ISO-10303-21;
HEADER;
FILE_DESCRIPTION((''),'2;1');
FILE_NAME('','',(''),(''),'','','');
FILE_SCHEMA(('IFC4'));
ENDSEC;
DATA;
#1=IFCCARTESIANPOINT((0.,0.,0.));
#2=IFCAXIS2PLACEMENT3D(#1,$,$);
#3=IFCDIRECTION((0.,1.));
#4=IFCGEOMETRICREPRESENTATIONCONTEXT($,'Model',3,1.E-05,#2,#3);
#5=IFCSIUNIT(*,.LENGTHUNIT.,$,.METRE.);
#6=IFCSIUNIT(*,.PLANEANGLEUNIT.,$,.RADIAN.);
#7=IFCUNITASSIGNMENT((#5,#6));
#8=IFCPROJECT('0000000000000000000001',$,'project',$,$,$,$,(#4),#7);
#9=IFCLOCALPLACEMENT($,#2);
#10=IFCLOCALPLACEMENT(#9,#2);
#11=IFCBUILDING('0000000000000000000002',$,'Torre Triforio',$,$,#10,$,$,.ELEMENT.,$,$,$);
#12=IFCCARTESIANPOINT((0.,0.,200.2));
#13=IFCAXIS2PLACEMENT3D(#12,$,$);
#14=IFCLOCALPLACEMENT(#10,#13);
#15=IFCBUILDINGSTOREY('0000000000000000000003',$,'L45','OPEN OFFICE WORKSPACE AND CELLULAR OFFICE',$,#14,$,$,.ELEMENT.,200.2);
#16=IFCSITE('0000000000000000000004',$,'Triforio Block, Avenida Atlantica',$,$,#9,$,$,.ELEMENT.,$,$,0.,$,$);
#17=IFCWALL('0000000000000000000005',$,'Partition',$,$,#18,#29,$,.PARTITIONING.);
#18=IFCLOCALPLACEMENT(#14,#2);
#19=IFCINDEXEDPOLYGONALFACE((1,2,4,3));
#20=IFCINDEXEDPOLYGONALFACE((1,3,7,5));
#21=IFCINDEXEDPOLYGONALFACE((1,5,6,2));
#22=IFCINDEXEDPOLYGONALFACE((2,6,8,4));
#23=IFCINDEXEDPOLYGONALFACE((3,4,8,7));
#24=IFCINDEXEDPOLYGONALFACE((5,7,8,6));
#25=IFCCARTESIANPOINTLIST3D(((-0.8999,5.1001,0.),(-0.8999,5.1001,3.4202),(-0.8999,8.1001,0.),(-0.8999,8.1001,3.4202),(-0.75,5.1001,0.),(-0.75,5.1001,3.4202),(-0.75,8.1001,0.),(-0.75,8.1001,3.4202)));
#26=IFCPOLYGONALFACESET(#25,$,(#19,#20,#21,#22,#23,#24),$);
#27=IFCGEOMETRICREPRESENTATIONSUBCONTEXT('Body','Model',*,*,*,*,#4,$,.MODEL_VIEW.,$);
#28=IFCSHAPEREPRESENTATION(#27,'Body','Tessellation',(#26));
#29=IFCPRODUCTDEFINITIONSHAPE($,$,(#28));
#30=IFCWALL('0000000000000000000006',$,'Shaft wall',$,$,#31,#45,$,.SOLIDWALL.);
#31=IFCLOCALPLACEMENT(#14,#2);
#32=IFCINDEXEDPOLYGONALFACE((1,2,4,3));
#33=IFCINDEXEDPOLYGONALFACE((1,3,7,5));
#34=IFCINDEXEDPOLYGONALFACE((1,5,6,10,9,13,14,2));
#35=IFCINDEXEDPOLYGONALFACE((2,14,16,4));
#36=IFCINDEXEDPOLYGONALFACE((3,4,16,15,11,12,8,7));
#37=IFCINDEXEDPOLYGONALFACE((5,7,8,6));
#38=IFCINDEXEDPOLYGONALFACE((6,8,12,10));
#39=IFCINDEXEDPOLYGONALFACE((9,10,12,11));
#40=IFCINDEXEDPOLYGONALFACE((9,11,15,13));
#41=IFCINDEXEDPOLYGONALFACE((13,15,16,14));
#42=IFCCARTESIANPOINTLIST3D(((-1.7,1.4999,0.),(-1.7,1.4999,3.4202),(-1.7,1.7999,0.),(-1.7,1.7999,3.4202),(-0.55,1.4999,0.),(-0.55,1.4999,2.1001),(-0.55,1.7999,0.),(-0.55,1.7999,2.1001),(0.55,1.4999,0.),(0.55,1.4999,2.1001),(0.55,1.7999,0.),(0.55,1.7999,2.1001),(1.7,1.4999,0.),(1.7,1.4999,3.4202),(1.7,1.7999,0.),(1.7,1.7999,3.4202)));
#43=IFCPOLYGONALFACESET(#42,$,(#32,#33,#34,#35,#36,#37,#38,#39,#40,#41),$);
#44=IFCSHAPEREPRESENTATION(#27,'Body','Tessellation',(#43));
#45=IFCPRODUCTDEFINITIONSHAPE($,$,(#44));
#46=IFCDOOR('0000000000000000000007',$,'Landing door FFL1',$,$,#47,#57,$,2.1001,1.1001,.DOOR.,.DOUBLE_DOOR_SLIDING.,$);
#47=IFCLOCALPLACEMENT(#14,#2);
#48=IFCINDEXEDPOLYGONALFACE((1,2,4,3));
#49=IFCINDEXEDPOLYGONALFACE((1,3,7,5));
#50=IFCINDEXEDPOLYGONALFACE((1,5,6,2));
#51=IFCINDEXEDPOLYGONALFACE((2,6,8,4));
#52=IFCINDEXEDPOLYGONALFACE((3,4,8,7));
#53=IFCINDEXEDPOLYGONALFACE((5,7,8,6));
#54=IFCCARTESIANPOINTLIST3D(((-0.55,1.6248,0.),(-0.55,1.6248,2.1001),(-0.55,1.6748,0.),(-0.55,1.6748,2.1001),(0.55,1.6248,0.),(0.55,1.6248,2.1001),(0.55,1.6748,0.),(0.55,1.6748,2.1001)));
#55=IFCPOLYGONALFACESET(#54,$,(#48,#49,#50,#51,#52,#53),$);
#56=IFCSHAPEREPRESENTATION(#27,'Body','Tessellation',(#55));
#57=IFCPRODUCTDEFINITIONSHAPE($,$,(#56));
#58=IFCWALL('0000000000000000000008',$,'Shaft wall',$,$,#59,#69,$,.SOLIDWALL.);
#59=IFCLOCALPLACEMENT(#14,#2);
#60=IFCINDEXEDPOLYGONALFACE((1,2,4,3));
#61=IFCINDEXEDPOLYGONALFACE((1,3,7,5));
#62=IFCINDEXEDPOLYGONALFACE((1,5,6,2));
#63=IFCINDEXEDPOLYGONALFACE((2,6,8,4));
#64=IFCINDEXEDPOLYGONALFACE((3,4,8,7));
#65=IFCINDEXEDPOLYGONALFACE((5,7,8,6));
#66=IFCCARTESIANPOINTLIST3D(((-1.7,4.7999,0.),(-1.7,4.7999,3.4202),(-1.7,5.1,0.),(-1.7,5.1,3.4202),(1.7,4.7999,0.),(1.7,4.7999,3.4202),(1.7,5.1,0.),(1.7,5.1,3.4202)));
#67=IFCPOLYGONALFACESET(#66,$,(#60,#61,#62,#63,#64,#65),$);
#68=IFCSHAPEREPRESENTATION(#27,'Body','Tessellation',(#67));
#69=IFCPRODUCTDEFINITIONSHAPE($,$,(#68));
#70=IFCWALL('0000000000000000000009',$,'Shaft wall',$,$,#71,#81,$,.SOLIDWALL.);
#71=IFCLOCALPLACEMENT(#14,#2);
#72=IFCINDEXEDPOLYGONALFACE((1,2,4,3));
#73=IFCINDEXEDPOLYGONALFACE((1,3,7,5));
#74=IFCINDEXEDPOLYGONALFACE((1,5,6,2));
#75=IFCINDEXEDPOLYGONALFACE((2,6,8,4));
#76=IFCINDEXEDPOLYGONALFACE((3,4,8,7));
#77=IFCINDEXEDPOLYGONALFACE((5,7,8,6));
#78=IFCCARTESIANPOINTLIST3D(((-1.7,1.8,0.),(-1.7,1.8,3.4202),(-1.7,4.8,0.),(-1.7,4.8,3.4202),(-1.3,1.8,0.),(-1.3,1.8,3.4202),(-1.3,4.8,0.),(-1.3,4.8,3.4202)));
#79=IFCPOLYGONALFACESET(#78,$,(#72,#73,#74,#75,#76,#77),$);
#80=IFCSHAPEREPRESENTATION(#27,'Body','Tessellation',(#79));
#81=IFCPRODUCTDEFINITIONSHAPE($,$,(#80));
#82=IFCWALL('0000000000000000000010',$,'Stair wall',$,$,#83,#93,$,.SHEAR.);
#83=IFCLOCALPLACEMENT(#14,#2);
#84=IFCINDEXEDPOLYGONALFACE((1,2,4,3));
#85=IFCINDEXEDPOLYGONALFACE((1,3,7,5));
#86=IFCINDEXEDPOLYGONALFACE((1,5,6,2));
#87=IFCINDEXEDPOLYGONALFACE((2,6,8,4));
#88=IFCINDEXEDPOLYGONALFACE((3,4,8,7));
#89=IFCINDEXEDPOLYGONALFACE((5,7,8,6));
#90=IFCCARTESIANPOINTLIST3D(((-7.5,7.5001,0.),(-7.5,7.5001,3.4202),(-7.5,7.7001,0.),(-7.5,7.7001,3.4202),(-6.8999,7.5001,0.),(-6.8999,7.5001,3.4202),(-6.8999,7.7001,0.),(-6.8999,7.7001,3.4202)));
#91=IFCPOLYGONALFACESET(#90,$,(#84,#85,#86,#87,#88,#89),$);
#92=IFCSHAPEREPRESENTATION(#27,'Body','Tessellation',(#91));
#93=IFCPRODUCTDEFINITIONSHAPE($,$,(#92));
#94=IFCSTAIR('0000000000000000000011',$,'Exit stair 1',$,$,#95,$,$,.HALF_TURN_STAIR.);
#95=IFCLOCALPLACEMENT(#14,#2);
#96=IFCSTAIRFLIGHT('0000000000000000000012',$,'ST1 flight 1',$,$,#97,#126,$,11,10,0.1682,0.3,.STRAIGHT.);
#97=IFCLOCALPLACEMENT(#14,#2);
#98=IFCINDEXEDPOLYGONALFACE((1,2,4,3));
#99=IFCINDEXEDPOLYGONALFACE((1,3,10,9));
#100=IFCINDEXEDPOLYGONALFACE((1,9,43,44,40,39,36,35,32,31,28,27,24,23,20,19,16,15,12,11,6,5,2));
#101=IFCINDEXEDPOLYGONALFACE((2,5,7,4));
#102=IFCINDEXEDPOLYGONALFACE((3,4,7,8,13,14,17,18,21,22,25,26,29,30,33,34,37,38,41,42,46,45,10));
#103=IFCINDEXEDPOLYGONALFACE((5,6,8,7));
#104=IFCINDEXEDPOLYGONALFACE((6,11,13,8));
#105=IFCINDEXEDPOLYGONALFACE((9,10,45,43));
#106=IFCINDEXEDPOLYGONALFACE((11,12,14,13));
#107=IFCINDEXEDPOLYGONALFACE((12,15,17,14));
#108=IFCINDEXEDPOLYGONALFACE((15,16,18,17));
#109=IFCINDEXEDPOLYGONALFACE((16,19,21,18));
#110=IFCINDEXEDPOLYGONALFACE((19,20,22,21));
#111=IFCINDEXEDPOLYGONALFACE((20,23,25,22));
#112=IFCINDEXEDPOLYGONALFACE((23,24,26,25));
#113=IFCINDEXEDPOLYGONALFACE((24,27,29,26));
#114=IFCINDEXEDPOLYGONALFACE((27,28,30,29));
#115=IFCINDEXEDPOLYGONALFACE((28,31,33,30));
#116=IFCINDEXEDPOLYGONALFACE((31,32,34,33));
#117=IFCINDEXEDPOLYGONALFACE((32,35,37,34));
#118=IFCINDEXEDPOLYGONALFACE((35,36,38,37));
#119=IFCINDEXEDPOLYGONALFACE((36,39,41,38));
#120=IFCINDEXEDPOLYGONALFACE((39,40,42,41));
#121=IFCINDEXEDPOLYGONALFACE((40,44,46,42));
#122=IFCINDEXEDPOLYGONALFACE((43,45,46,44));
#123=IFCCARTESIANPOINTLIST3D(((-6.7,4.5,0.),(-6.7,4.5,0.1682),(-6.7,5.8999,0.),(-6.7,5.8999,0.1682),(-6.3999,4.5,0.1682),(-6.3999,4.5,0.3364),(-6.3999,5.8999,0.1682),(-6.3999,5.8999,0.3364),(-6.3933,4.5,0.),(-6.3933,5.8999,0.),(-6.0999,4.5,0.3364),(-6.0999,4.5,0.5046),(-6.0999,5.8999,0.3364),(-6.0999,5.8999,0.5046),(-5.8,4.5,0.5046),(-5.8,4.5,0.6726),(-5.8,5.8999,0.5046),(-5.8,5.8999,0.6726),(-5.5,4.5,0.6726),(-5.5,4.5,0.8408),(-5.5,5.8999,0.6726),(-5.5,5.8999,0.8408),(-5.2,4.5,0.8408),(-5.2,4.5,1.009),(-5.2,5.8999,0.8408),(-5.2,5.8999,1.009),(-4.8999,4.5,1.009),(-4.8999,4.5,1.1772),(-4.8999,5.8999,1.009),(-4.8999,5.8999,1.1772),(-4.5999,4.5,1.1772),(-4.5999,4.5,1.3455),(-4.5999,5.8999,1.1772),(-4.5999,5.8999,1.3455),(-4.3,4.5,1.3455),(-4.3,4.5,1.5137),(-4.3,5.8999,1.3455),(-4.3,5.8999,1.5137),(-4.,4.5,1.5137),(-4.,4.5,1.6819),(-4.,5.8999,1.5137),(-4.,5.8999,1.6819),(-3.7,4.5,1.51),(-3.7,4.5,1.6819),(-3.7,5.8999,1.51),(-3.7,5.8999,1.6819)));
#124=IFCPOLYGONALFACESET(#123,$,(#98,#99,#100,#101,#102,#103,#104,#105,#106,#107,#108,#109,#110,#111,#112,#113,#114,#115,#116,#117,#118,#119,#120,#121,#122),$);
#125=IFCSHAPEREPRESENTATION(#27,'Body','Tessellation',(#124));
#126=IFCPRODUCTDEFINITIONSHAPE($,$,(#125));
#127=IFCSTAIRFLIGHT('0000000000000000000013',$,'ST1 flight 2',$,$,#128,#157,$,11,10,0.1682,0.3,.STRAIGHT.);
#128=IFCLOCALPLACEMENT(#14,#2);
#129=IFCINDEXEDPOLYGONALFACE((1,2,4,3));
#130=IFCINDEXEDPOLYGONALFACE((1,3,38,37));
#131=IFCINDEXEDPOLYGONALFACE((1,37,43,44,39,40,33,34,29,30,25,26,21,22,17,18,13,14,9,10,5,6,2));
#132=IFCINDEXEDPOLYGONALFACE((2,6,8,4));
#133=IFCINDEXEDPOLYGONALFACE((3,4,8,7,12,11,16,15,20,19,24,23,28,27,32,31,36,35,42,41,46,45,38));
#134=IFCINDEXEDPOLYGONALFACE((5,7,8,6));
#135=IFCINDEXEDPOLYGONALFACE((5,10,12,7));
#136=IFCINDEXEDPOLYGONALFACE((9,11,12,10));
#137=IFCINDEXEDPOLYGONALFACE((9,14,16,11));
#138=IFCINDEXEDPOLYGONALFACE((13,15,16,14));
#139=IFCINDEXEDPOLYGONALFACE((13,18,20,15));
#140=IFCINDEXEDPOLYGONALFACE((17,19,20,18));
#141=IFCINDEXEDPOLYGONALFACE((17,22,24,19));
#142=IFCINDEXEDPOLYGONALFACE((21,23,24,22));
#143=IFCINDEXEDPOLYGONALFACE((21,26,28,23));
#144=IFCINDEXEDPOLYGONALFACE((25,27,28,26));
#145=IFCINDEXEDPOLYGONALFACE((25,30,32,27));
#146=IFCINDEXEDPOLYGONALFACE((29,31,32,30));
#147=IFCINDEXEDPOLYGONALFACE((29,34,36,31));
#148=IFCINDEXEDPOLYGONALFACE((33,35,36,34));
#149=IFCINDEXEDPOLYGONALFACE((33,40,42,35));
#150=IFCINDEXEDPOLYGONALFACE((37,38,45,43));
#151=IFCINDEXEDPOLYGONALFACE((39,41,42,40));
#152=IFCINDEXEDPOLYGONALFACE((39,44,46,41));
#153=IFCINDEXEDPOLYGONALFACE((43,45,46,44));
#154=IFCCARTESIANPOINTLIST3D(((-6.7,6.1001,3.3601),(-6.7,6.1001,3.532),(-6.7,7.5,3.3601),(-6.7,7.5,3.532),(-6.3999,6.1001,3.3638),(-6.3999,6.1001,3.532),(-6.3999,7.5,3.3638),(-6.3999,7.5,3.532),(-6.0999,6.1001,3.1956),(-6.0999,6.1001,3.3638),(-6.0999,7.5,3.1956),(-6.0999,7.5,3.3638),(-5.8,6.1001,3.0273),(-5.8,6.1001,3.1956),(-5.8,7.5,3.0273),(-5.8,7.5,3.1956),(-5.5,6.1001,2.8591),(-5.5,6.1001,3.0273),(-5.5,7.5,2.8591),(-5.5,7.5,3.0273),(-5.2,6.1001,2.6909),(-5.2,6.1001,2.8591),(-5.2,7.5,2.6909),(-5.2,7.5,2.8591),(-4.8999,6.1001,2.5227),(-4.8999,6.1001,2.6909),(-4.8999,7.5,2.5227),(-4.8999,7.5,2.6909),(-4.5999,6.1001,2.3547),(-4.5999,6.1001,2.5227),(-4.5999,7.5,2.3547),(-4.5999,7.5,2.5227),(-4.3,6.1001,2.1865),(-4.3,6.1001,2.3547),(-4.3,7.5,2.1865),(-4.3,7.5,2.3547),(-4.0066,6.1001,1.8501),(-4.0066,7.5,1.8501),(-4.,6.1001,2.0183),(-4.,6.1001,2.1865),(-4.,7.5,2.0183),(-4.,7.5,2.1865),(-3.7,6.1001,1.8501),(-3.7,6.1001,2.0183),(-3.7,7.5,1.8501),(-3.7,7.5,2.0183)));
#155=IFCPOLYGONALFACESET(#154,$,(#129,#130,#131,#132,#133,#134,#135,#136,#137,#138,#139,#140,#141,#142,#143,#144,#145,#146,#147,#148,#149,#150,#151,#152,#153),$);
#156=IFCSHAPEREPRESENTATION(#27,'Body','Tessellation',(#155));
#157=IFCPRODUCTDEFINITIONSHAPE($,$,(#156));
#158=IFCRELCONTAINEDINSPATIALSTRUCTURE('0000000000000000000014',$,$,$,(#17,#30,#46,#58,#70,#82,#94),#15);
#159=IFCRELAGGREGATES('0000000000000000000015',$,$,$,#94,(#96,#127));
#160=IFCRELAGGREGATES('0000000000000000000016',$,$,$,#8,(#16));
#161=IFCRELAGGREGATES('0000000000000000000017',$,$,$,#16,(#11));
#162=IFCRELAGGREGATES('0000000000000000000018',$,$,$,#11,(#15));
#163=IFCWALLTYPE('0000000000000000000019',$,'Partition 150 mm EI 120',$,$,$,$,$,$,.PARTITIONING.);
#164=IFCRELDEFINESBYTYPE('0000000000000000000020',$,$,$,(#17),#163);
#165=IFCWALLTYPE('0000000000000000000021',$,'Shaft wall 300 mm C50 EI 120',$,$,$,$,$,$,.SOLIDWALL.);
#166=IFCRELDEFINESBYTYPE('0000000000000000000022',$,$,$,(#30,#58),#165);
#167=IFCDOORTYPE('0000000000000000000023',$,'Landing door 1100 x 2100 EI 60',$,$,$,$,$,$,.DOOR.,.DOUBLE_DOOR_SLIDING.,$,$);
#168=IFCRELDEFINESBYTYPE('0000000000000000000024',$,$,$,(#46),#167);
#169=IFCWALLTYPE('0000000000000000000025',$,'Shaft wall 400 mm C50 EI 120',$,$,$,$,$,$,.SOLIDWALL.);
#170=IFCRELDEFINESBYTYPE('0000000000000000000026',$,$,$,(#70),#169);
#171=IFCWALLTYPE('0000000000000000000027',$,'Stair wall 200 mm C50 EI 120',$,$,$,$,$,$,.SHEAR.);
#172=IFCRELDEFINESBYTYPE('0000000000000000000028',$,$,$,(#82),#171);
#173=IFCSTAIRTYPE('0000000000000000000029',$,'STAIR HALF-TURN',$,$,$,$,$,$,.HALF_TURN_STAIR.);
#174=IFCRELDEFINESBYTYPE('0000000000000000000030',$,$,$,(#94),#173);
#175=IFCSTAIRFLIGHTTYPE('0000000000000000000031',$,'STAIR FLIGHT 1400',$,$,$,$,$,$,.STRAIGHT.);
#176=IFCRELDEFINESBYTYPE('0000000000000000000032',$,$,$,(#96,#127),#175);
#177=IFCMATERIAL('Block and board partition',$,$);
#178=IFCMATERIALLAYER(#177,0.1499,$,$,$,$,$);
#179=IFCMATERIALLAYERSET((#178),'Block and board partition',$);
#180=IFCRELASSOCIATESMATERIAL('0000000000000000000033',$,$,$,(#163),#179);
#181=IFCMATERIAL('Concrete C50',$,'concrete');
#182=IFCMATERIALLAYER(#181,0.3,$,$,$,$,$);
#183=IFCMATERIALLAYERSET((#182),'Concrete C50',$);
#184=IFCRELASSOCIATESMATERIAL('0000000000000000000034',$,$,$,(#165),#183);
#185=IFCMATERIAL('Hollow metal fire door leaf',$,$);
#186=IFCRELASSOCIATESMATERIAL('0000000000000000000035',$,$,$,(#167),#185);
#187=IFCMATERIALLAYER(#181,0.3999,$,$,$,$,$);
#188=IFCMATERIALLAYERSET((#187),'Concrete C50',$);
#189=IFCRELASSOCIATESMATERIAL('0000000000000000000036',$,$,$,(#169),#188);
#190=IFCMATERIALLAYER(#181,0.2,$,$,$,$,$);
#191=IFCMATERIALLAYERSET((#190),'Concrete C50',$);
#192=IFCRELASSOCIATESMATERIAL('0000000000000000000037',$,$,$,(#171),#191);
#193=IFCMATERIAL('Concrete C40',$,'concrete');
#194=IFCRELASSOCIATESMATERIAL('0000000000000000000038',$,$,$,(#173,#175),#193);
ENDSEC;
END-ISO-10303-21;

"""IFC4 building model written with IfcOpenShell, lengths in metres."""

from ifc_helpers import new_model, si_unit, direction, frame, frame_2d, origin, place, context, subcontext, project, spatial, polyline, rectangle, outline, extrude, material, layer, layer_set, type_object, element, fill, aggregate, save


model = new_model("IFC4")

# Units and contexts
model_context = context("Model", 3, precision=1e-05, world=origin(), true_north=direction((0.0, 1.0)))
body_context = subcontext(model_context, "Body", "Model", "MODEL_VIEW")
ifc_project = project(units=[si_unit("LENGTHUNIT", "METRE"), si_unit("PLANEANGLEUNIT", "RADIAN")], contexts=[model_context])

# Site, building, storey
site_placement = place(None, origin())
site = spatial("IfcSite", under=ifc_project, at=site_placement, Name="Triforio Block, Avenida Atlantica", CompositionType="ELEMENT", RefElevation=0.0)
building_placement = place(site_placement, origin())
building = spatial("IfcBuilding", under=site, at=building_placement, Name="Torre Triforio", CompositionType="ELEMENT")
storey_placement = place(building_placement, frame((0.0, 0.0, 200.2)))
storey = spatial("IfcBuildingStorey", under=building, at=storey_placement, Name="L45", Description="OPEN OFFICE WORKSPACE AND CELLULAR OFFICE", CompositionType="ELEMENT", Elevation=200.2)

# Shared definitions
ifc_material_1 = material(Name="Concrete C40", Category="concrete")

# Wall
ifc_material_2 = material(Name="Concrete C50", Category="concrete")
ifc_material_3 = material(Name="Block and board partition")
ifc_layer_1 = layer(ifc_material_3, 0.1499)
ifc_layer_set_1 = layer_set([ifc_layer_1], Name="Block and board partition")
wall_type_1 = type_object("IfcWallType", Name="Partition 150 mm EI 120", PredefinedType="PARTITIONING", material=ifc_layer_set_1)
wall_1_placement = place(storey_placement, frame((-0.825, 5.1001, 0.0), z_axis=(0.0, 0.0, 1.0), x_axis=(0.0, 1.0, 0.0)))
element("IfcWall", 1, at=wall_1_placement, inside=storey, type_object=wall_type_1, Name="Partition", PredefinedType="PARTITIONING", context=body_context, shape_type="SweptSolid", body=[
    extrude(rectangle(XDim=3.0, YDim=0.1499, at=frame_2d((1.5, 0.0))), origin(), (0.0, 0.0, 1.0), 3.4202),
])

# Wall, opening, door
ifc_layer_2 = layer(ifc_material_2, 0.3)
ifc_layer_set_2 = layer_set([ifc_layer_2], Name="Concrete C50")
wall_type_2 = type_object("IfcWallType", Name="Shaft wall 300 mm C50 EI 120", PredefinedType="SOLIDWALL", material=ifc_layer_set_2)
wall_2_placement = place(storey_placement, frame((-1.7, 1.6499, 0.0), z_axis=(0.0, 0.0, 1.0), x_axis=(1.0, 0.0, 0.0)))
wall_2 = element("IfcWall", 2, at=wall_2_placement, inside=storey, type_object=wall_type_2, Name="Shaft wall", PredefinedType="SOLIDWALL", context=body_context, shape_type="SweptSolid", body=[
    extrude(rectangle(XDim=3.3999, YDim=0.3, at=frame_2d((1.7, 0.0))), origin(), (0.0, 0.0, 1.0), 3.4202),
])
opening_placement = place(wall_2_placement, frame((1.1499, 0.0, 0.0)))
opening = element("IfcOpeningElement", 3, at=opening_placement, cuts=wall_2, PredefinedType="OPENING", context=body_context, shape_type="SweptSolid", body=[
    extrude(rectangle(XDim=1.1001, YDim=2.1001, at=frame_2d((0.55, 1.05))), frame((0.0, 0.1599, 0.0), z_axis=(0.0, -1.0, 0.0), x_axis=(1.0, 0.0, 0.0)), (0.0, 0.0, 1.0), 0.3201),
])
ifc_material_4 = material(Name="Hollow metal fire door leaf")
door_type = type_object("IfcDoorType", Name="Landing door 1100 x 2100 EI 60", OperationType="DOUBLE_DOOR_SLIDING", PredefinedType="DOOR", material=ifc_material_4)
door_placement = place(opening_placement, origin())
door = element("IfcDoor", 4, at=door_placement, inside=storey, type_object=door_type, Name="Landing door FFL1", OperationType="DOUBLE_DOOR_SLIDING", OverallHeight=2.1001, OverallWidth=1.1001, PredefinedType="DOOR", context=body_context, shape_type="SweptSolid", body=[
    extrude(rectangle(XDim=1.1001, YDim=2.1001, at=frame_2d((0.55, 1.05))), frame((0.0, 0.0249, 0.0), z_axis=(0.0, -1.0, 0.0), x_axis=(1.0, 0.0, 0.0)), (0.0, 0.0, 1.0), 0.05),
])
fill(opening, door)

# Walls
wall_3_placement = place(storey_placement, frame((-1.7, 4.95, 0.0), z_axis=(0.0, 0.0, 1.0), x_axis=(1.0, 0.0, 0.0)))
element("IfcWall", 5, at=wall_3_placement, inside=storey, type_object=wall_type_2, Name="Shaft wall", PredefinedType="SOLIDWALL", context=body_context, shape_type="SweptSolid", body=[
    extrude(rectangle(XDim=3.3999, YDim=0.3, at=frame_2d((1.7, 0.0))), origin(), (0.0, 0.0, 1.0), 3.4202),
])
ifc_layer_3 = layer(ifc_material_2, 0.3999)
ifc_layer_set_3 = layer_set([ifc_layer_3], Name="Concrete C50")
wall_type_3 = type_object("IfcWallType", Name="Shaft wall 400 mm C50 EI 120", PredefinedType="SOLIDWALL", material=ifc_layer_set_3)
wall_4_placement = place(storey_placement, frame((-1.5, 1.8, 0.0), z_axis=(0.0, 0.0, 1.0), x_axis=(0.0, 1.0, 0.0)))
element("IfcWall", 6, at=wall_4_placement, inside=storey, type_object=wall_type_3, Name="Shaft wall", PredefinedType="SOLIDWALL", context=body_context, shape_type="SweptSolid", body=[
    extrude(rectangle(XDim=3.0, YDim=0.3999, at=frame_2d((1.5, 0.0))), origin(), (0.0, 0.0, 1.0), 3.4202),
])
ifc_layer_4 = layer(ifc_material_2, 0.2)
ifc_layer_set_4 = layer_set([ifc_layer_4], Name="Concrete C50")
wall_type_4 = type_object("IfcWallType", Name="Stair wall 200 mm C50 EI 120", PredefinedType="SHEAR", material=ifc_layer_set_4)
wall_5_placement = place(storey_placement, frame((-7.5, 7.6001, 0.0), z_axis=(0.0, 0.0, 1.0), x_axis=(1.0, 0.0, 0.0)))
element("IfcWall", 7, at=wall_5_placement, inside=storey, type_object=wall_type_4, Name="Stair wall", PredefinedType="SHEAR", context=body_context, shape_type="SweptSolid", body=[
    extrude(rectangle(XDim=0.6001, YDim=0.2, at=frame_2d((0.3, 0.0))), origin(), (0.0, 0.0, 1.0), 3.4202),
])

# Stair, stair flights
stair_type = type_object("IfcStairType", Name="STAIR HALF-TURN", PredefinedType="HALF_TURN_STAIR", material=ifc_material_1)
stair_placement = place(storey_placement, origin())
stair = element("IfcStair", 8, at=stair_placement, inside=storey, type_object=stair_type, Name="Exit stair 1", PredefinedType="HALF_TURN_STAIR")
stair_flight_type = type_object("IfcStairFlightType", Name="STAIR FLIGHT 1400", PredefinedType="STRAIGHT", material=ifc_material_1)
stair_flight_1_placement = place(storey_placement, frame((-6.7, 5.2, 0.0), z_axis=(0.0, 0.0, 1.0), x_axis=(1.0, 0.0, 0.0)))
stair_flight_1 = element("IfcStairFlight", 9, at=stair_flight_1_placement, type_object=stair_flight_type, Name="ST1 flight 1", NumberOfRisers=11, NumberOfTreads=10, PredefinedType="STRAIGHT", RiserHeight=0.1682, TreadLength=0.3, context=body_context, shape_type="SweptSolid", body=[
    extrude(outline(polyline([(0.0, 0.0), (0.0, 0.1682), (0.3, 0.1682), (0.3, 0.3364), (0.6001, 0.3364), (0.6001, 0.5046), (0.8999, 0.5046), (0.8999, 0.6726), (1.2, 0.6726), (1.2, 0.8408), (1.5, 0.8408), (1.5, 1.009), (1.8, 1.009), (1.8, 1.1772), (2.1001, 1.1772), (2.1001, 1.3455), (2.3999, 1.3455), (2.3999, 1.5137), (2.7, 1.5137), (2.7, 1.6819), (3.0, 1.6819), (3.0, 1.8501), (3.0, 1.51), (0.3066, 0.0), (0.0, 0.0)])), frame((0.0, 0.7, 0.0), z_axis=(0.0, -1.0, 0.0), x_axis=(1.0, 0.0, 0.0)), (0.0, 0.0, 1.0), 1.3999),
])
stair_flight_2_placement = place(storey_placement, frame((-3.7, 6.8, 1.8501), z_axis=(0.0, 0.0, 1.0), x_axis=(-1.0, 0.0, 0.0)))
stair_flight_2 = element("IfcStairFlight", 10, at=stair_flight_2_placement, type_object=stair_flight_type, Name="ST1 flight 2", NumberOfRisers=11, NumberOfTreads=10, PredefinedType="STRAIGHT", RiserHeight=0.1682, TreadLength=0.3, context=body_context, shape_type="SweptSolid", body=[
    extrude(outline(polyline([(0.0, 0.0), (0.0, 0.1682), (0.3, 0.1682), (0.3, 0.3364), (0.6001, 0.3364), (0.6001, 0.5046), (0.8999, 0.5046), (0.8999, 0.6726), (1.2, 0.6726), (1.2, 0.8408), (1.5, 0.8408), (1.5, 1.009), (1.8, 1.009), (1.8, 1.1772), (2.1001, 1.1772), (2.1001, 1.3455), (2.3999, 1.3455), (2.3999, 1.5137), (2.7, 1.5137), (2.7, 1.6819), (3.0, 1.6819), (3.0, 1.8501), (3.0, 1.51), (0.3066, 0.0), (0.0, 0.0)])), frame((0.0, 0.7, 0.0), z_axis=(0.0, -1.0, 0.0), x_axis=(1.0, 0.0, 0.0)), (0.0, 0.0, 1.0), 1.3999),
])
aggregate(stair, [stair_flight_1, stair_flight_2])

save(model, "model.ifc")
